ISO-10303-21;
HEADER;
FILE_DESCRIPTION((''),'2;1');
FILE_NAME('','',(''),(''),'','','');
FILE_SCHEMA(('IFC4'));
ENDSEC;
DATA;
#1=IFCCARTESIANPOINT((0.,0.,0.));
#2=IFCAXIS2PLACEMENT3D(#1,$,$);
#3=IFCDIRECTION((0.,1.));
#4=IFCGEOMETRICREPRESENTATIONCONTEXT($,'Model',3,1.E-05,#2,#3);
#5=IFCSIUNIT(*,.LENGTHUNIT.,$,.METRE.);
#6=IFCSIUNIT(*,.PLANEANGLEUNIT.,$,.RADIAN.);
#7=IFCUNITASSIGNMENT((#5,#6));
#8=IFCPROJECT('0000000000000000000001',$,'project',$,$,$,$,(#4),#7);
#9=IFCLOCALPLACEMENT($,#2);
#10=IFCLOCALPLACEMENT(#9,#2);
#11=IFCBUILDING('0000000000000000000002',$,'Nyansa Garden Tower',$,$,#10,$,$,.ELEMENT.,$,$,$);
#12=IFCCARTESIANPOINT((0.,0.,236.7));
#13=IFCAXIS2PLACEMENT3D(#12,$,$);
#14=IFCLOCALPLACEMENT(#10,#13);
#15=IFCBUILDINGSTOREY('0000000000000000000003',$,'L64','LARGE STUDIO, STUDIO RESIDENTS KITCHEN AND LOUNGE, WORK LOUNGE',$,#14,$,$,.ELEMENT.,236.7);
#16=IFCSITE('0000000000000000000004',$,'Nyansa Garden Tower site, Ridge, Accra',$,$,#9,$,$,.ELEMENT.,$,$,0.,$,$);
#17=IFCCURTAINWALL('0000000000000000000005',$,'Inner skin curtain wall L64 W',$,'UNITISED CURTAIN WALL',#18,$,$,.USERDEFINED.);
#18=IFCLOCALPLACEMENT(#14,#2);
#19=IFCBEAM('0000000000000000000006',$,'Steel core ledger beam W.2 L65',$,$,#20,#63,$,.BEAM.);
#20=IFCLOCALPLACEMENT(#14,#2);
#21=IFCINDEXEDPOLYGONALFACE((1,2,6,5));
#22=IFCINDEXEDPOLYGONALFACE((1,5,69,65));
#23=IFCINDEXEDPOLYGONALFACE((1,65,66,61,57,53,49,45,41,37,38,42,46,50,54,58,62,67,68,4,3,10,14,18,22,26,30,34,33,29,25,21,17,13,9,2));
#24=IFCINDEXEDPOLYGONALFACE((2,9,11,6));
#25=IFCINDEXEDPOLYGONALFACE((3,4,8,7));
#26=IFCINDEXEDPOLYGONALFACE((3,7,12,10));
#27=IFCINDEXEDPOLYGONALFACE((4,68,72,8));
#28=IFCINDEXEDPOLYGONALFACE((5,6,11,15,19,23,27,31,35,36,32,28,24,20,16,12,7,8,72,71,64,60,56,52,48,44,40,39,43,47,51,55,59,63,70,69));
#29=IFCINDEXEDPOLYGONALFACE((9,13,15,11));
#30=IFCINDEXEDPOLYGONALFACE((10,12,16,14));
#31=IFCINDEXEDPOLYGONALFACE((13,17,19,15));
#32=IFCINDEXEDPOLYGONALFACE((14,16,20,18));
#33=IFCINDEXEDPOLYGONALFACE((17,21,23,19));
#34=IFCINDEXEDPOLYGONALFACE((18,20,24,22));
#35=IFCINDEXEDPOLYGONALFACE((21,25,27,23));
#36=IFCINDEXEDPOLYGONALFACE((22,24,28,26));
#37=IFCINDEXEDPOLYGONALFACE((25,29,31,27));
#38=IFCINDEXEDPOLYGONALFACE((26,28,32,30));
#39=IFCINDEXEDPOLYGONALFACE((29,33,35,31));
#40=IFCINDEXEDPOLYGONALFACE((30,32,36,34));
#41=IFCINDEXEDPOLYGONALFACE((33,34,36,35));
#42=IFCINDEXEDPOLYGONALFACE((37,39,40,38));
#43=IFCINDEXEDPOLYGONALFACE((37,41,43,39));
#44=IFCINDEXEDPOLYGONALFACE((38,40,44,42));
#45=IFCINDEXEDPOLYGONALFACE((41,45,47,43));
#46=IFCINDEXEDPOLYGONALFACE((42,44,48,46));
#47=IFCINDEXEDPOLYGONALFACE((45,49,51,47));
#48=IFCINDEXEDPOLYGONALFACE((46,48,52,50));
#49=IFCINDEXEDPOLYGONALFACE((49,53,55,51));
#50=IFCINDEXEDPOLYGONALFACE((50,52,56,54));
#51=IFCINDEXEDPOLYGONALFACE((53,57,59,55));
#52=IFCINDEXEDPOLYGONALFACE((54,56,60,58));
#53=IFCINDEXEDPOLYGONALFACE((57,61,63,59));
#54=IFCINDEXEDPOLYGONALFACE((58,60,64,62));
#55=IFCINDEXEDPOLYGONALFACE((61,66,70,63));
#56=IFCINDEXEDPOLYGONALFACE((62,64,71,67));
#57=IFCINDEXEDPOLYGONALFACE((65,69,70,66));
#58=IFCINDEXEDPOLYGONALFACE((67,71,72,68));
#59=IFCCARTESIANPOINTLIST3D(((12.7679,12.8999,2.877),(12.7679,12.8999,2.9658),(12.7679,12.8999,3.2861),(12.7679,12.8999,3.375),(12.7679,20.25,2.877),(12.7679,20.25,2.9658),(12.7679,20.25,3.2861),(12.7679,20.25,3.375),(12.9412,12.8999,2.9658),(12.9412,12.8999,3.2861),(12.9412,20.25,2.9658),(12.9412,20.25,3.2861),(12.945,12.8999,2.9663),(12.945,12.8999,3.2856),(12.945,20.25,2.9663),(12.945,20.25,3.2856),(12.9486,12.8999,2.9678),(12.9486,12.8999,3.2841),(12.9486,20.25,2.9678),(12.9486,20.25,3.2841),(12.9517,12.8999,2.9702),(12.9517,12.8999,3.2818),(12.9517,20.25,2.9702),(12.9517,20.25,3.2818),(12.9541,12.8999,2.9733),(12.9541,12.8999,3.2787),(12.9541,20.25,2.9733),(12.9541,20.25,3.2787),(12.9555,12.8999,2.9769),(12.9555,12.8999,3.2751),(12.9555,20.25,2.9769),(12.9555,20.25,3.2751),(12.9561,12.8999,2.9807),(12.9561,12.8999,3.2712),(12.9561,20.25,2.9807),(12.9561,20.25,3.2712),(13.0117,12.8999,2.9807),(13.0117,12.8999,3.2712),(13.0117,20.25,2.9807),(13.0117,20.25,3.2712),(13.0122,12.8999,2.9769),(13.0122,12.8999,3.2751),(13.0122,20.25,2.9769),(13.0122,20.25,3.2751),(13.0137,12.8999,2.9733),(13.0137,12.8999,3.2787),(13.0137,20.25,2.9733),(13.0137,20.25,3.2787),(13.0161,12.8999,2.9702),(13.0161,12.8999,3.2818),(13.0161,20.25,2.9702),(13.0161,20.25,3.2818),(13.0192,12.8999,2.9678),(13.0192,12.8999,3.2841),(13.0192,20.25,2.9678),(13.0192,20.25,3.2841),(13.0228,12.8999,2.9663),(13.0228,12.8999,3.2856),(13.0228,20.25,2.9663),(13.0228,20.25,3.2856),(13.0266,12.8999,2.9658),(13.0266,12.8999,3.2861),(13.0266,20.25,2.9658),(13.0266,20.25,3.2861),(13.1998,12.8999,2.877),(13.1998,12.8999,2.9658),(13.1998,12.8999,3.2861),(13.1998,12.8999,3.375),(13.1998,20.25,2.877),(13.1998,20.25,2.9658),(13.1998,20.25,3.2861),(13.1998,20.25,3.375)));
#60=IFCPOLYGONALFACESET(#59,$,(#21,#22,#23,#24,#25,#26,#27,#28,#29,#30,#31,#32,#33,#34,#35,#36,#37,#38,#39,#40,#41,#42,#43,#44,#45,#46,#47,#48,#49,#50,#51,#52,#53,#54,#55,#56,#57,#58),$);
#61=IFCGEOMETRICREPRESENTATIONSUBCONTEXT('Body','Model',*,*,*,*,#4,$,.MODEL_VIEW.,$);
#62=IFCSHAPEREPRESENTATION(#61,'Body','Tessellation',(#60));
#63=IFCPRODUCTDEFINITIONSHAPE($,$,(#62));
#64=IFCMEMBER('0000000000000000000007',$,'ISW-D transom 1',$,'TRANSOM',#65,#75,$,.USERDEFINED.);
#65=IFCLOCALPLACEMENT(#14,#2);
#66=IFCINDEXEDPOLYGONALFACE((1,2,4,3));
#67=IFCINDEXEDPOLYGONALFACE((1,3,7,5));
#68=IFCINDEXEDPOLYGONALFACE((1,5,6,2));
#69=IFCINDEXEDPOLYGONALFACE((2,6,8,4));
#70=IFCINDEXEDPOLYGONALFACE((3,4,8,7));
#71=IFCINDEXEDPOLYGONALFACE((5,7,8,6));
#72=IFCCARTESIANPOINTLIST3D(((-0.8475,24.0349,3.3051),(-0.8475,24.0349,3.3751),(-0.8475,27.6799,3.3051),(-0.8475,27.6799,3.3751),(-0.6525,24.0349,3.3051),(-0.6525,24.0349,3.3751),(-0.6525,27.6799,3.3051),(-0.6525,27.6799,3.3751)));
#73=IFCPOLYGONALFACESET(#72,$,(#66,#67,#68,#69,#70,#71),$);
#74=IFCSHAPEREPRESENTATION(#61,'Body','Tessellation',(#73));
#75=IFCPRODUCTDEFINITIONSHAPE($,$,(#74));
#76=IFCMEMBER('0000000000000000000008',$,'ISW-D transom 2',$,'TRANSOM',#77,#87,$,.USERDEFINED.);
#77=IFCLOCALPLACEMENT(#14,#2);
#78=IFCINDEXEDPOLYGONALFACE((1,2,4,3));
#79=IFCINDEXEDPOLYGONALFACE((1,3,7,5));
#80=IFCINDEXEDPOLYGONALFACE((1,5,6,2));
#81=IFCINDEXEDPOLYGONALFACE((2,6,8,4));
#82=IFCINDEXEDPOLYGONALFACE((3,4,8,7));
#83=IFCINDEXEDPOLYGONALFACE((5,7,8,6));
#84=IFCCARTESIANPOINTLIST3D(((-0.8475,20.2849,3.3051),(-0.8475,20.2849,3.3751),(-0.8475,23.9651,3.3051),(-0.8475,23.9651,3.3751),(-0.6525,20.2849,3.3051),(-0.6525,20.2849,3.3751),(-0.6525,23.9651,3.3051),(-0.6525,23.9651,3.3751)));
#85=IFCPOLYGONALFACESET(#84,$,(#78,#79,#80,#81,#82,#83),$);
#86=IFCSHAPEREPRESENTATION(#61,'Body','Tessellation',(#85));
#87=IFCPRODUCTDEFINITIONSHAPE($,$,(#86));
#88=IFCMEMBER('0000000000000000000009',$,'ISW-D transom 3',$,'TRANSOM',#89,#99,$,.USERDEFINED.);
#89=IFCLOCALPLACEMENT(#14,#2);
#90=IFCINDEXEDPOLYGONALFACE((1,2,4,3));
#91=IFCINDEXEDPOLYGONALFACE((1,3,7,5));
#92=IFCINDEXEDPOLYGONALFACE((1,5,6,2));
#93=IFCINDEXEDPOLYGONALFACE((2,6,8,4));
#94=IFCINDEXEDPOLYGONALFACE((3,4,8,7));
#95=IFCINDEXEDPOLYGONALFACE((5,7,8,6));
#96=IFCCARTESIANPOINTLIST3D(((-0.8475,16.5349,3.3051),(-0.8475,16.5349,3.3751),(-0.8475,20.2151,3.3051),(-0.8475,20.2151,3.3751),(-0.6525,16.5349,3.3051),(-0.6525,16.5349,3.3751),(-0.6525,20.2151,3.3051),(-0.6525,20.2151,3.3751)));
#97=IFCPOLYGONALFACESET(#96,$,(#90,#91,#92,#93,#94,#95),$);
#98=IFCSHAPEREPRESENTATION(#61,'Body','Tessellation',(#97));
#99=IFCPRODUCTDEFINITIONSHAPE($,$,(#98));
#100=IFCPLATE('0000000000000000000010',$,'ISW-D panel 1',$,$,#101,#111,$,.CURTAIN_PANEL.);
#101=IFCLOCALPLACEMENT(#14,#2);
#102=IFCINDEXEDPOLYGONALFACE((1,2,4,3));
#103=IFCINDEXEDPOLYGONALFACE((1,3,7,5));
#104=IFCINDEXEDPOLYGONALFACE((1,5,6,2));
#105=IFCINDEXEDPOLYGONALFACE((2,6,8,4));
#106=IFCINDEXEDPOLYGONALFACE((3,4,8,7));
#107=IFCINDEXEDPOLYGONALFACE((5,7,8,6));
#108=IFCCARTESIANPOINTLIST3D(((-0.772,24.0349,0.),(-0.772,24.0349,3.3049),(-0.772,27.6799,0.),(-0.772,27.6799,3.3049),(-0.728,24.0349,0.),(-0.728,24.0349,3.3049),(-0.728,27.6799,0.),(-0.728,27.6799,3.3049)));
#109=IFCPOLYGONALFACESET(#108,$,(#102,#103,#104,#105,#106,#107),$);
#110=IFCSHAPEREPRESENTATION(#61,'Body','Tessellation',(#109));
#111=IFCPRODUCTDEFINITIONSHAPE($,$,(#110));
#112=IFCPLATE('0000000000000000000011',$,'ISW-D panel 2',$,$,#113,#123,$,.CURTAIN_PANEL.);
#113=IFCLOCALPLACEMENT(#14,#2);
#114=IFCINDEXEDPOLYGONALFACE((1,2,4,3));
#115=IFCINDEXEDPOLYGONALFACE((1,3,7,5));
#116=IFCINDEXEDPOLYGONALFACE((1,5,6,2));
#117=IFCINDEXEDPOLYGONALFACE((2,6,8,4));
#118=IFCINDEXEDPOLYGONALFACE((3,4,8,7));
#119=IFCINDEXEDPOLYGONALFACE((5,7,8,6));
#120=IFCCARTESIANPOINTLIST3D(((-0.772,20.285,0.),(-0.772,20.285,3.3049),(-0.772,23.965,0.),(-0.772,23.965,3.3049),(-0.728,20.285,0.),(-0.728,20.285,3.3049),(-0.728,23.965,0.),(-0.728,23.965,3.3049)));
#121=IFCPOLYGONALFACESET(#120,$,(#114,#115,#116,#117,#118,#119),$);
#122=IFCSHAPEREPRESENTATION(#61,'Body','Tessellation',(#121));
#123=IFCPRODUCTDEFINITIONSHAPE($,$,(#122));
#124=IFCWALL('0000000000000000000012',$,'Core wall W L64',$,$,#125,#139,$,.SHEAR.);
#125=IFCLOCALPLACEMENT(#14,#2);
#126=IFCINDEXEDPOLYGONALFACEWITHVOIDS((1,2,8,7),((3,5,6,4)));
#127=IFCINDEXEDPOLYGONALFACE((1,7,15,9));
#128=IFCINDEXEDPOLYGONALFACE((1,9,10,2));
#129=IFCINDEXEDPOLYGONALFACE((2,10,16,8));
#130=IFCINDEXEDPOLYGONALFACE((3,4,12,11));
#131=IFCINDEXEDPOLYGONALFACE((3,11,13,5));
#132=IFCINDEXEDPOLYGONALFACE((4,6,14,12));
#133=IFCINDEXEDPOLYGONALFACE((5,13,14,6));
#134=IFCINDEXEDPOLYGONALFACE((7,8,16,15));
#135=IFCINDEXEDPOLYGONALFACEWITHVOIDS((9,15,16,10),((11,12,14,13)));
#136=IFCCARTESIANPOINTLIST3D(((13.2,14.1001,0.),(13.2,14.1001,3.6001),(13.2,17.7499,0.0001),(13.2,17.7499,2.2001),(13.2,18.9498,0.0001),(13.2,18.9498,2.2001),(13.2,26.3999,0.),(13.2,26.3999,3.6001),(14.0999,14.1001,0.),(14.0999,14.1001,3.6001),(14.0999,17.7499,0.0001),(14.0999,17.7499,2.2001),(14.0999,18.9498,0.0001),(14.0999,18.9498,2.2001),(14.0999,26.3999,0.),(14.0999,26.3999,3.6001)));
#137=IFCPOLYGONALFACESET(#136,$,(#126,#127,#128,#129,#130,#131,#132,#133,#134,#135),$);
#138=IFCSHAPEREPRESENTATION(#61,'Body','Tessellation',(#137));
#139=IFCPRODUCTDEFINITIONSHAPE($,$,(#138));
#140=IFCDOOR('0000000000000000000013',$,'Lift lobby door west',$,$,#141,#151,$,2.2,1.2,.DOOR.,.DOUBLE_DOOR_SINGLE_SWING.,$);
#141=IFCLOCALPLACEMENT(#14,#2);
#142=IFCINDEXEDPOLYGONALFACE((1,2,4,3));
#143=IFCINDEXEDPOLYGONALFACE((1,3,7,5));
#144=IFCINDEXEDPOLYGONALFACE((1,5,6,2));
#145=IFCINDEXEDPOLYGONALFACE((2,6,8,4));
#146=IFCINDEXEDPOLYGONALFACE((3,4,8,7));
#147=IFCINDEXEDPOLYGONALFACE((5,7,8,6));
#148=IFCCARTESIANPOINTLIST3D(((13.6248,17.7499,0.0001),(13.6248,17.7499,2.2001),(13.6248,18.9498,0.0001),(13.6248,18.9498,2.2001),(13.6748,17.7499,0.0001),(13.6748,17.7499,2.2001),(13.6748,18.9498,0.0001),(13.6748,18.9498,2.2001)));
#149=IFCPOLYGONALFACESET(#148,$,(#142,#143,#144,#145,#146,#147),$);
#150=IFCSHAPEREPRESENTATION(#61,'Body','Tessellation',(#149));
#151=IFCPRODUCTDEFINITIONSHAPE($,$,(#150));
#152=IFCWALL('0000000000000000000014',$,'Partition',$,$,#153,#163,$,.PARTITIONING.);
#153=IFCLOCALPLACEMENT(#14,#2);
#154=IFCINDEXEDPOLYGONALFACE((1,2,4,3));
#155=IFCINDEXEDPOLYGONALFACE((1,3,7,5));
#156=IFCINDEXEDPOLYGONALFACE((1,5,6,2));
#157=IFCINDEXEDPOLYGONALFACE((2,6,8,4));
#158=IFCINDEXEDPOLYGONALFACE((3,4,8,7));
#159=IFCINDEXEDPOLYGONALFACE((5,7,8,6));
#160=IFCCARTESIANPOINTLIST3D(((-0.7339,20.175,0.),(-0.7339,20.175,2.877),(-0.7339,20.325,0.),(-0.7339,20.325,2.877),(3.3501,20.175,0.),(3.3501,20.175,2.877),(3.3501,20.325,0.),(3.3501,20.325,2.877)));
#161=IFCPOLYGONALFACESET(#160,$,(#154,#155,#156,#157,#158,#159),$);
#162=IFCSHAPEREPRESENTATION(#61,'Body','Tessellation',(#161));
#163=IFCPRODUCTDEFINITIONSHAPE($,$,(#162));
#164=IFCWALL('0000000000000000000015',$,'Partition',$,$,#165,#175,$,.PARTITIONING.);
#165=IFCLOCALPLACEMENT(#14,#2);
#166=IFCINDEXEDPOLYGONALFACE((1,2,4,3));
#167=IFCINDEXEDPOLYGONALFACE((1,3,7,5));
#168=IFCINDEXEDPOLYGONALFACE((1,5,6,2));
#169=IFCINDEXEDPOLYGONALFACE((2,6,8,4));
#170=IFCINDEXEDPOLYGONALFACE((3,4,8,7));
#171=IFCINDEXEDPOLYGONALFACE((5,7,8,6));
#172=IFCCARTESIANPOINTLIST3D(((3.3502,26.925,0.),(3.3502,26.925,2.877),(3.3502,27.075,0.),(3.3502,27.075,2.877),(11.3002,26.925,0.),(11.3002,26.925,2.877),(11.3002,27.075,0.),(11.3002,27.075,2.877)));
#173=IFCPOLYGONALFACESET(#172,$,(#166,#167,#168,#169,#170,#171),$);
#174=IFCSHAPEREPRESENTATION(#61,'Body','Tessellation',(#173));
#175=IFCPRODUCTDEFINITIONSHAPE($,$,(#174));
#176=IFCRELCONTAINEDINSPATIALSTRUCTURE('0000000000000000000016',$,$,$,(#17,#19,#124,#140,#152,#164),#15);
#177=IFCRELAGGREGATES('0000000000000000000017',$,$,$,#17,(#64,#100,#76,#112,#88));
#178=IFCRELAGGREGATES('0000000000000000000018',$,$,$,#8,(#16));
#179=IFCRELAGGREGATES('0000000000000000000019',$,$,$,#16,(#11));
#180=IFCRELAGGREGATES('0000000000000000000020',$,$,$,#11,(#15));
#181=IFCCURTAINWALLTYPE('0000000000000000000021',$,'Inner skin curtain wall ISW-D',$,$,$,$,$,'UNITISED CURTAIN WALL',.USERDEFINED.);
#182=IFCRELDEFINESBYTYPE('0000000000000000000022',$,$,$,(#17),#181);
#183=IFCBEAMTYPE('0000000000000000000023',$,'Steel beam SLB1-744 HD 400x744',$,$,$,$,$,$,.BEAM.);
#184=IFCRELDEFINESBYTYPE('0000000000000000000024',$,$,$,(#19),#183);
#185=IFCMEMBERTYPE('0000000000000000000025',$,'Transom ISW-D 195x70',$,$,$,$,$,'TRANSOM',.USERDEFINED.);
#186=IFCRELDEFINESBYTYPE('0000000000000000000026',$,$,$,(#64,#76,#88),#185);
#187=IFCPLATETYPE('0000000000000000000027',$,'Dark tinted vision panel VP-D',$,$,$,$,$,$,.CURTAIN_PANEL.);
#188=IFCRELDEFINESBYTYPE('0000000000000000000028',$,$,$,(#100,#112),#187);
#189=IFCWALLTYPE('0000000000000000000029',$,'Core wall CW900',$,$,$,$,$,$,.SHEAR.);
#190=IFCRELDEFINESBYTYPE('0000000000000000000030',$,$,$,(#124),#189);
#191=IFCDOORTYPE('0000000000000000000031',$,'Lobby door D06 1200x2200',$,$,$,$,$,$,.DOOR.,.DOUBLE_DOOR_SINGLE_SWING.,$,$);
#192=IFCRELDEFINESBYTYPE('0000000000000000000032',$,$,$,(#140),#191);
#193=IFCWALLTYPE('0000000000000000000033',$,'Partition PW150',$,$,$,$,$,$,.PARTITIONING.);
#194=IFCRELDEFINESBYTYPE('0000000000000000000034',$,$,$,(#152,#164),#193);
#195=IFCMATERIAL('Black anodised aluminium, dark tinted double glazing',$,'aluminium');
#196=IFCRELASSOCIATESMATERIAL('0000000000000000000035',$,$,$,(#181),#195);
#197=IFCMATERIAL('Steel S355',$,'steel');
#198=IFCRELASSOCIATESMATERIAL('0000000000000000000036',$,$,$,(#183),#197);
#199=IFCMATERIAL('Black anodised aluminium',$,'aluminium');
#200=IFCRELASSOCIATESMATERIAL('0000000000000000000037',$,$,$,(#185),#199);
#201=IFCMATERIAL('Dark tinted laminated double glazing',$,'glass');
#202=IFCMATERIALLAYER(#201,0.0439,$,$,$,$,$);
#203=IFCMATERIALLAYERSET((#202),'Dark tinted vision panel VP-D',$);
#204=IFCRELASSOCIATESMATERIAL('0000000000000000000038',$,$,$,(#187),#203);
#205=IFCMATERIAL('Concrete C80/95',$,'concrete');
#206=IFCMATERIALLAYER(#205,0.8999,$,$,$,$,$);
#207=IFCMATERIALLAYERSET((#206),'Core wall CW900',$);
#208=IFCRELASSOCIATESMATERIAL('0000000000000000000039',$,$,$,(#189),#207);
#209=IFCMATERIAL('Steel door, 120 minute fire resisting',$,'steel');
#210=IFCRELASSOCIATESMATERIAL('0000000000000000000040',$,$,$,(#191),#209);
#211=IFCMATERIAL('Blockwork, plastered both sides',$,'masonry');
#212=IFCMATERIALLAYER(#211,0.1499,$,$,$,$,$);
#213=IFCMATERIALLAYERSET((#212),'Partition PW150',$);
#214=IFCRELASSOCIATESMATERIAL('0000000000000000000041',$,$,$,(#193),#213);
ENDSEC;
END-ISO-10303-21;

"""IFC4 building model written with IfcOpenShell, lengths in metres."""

from ifc_helpers import new_model, si_unit, direction, frame, frame_2d, origin, origin_2d, place, context, subcontext, project, spatial, rectangle, i_section, extrude, material, layer, layer_set, material_profile, profile_set, type_object, element, fill, aggregate, save


model = new_model("IFC4")

# Units and contexts
model_context = context("Model", 3, precision=1e-05, world=origin(), true_north=direction((0.0, 1.0)))
body_context = subcontext(model_context, "Body", "Model", "MODEL_VIEW")
ifc_project = project(units=[si_unit("LENGTHUNIT", "METRE"), si_unit("PLANEANGLEUNIT", "RADIAN")], contexts=[model_context])

# Site, building, storey
site_placement = place(None, origin())
site = spatial("IfcSite", under=ifc_project, at=site_placement, Name="Nyansa Garden Tower site, Ridge, Accra", CompositionType="ELEMENT", RefElevation=0.0)
building_placement = place(site_placement, origin())
building = spatial("IfcBuilding", under=site, at=building_placement, Name="Nyansa Garden Tower", CompositionType="ELEMENT")
storey_placement = place(building_placement, frame((0.0, 0.0, 236.7)))
storey = spatial("IfcBuildingStorey", under=building, at=storey_placement, Name="L64", Description="LARGE STUDIO, STUDIO RESIDENTS KITCHEN AND LOUNGE, WORK LOUNGE", CompositionType="ELEMENT", Elevation=236.7)

# Curtain wall
ifc_material_1 = material(Name="Black anodised aluminium, dark tinted double glazing", Category="aluminium")
curtain_wall_type = type_object("IfcCurtainWallType", Name="Inner skin curtain wall ISW-D", ElementType="UNITISED CURTAIN WALL", PredefinedType="USERDEFINED", material=ifc_material_1)
curtain_wall_placement = place(storey_placement, origin())
curtain_wall = element("IfcCurtainWall", 1, at=curtain_wall_placement, inside=storey, type_object=curtain_wall_type, Name="Inner skin curtain wall L64 W", ObjectType="UNITISED CURTAIN WALL", PredefinedType="USERDEFINED")

# Beam
ifc_material_2 = material(Name="Steel S355", Category="steel")
ifc_material_profile_1 = material_profile(ifc_material_2, i_section(OverallWidth=0.4319, OverallDepth=0.498, WebThickness=0.0557, FlangeThickness=0.0889, FilletRadius=0.0149, at=origin_2d()), Name="HD 400x744")
ifc_profile_set_1 = profile_set([ifc_material_profile_1], Name="Steel S355")
beam_type_1 = type_object("IfcBeamType", Name="Steel beam SLB1-744 HD 400x744", PredefinedType="BEAM", material=ifc_profile_set_1)
for number, where, z_axis, x_axis, name in (
    (2, (12.9839, 20.25, 3.126), (0.0, -1.0, 0.0), (1.0, 0.0, 0.0), "Steel core ledger beam W.2 L65"),
):
    element("IfcBeam", number, at=place(storey_placement, frame(where, z_axis=z_axis, x_axis=x_axis)), inside=storey, type_object=beam_type_1, Name=name, PredefinedType="BEAM", context=body_context, shape_type="SweptSolid", body=[
        extrude(i_section(OverallWidth=0.4319, OverallDepth=0.498, WebThickness=0.0557, FlangeThickness=0.0889, FilletRadius=0.0149, at=origin_2d()), origin(), (0.0, 0.0, 1.0), 7.3501),
    ])

# Members
ifc_material_3 = material(Name="Black anodised aluminium", Category="aluminium")
ifc_material_profile_2 = material_profile(ifc_material_3, rectangle(XDim=0.1951, YDim=0.0701, at=origin_2d()), Name="Transom 195x70")
ifc_profile_set_2 = profile_set([ifc_material_profile_2], Name="Black anodised aluminium")
member_type_1 = type_object("IfcMemberType", Name="Transom ISW-D 195x70", ElementType="TRANSOM", PredefinedType="USERDEFINED", material=ifc_profile_set_2)
member_1_placement = place(storey_placement, frame((-0.75, 27.6799, 3.3401), z_axis=(0.0, -1.0, 0.0), x_axis=(1.0, 0.0, 0.0)))
member_1 = element("IfcMember", 3, at=member_1_placement, type_object=member_type_1, Name="ISW-D transom 1", ObjectType="TRANSOM", PredefinedType="USERDEFINED", context=body_context, shape_type="SweptSolid", body=[
    extrude(rectangle(XDim=0.1951, YDim=0.0701, at=origin_2d()), origin(), (0.0, 0.0, 1.0), 3.645),
])
member_2_placement = place(storey_placement, frame((-0.75, 23.9651, 3.3401), z_axis=(0.0, -1.0, 0.0), x_axis=(1.0, 0.0, 0.0)))
member_2 = element("IfcMember", 4, at=member_2_placement, type_object=member_type_1, Name="ISW-D transom 2", ObjectType="TRANSOM", PredefinedType="USERDEFINED", context=body_context, shape_type="SweptSolid", body=[
    extrude(rectangle(XDim=0.1951, YDim=0.0701, at=origin_2d()), origin(), (0.0, 0.0, 1.0), 3.6802),
])
member_3_placement = place(storey_placement, frame((-0.75, 20.2151, 3.3401), z_axis=(0.0, -1.0, 0.0), x_axis=(1.0, 0.0, 0.0)))
member_3 = element("IfcMember", 5, at=member_3_placement, type_object=member_type_1, Name="ISW-D transom 3", ObjectType="TRANSOM", PredefinedType="USERDEFINED", context=body_context, shape_type="SweptSolid", body=[
    extrude(rectangle(XDim=0.1951, YDim=0.0701, at=origin_2d()), origin(), (0.0, 0.0, 1.0), 3.6802),
])

# Plates
ifc_material_4 = material(Name="Dark tinted laminated double glazing", Category="glass")
ifc_layer_1 = layer(ifc_material_4, 0.0439)
ifc_layer_set_1 = layer_set([ifc_layer_1], Name="Dark tinted vision panel VP-D")
plate_type = type_object("IfcPlateType", Name="Dark tinted vision panel VP-D", PredefinedType="CURTAIN_PANEL", material=ifc_layer_set_1)
plate_1_placement = place(storey_placement, frame((-0.75, 25.8574, 0.0), z_axis=(0.0, 0.0, 1.0), x_axis=(0.0, -1.0, 0.0)))
plate_1 = element("IfcPlate", 6, at=plate_1_placement, type_object=plate_type, Name="ISW-D panel 1", PredefinedType="CURTAIN_PANEL", context=body_context, shape_type="SweptSolid", body=[
    extrude(rectangle(XDim=3.645, YDim=0.0439, at=origin_2d()), origin(), (0.0, 0.0, 1.0), 3.3049),
])
plate_2_placement = place(storey_placement, frame((-0.75, 22.125, 0.0), z_axis=(0.0, 0.0, 1.0), x_axis=(0.0, -1.0, 0.0)))
plate_2 = element("IfcPlate", 7, at=plate_2_placement, type_object=plate_type, Name="ISW-D panel 2", PredefinedType="CURTAIN_PANEL", context=body_context, shape_type="SweptSolid", body=[
    extrude(rectangle(XDim=3.6799, YDim=0.0439, at=origin_2d()), origin(), (0.0, 0.0, 1.0), 3.3049),
])
aggregate(curtain_wall, [member_1, plate_1, member_2, plate_2, member_3])

# Wall, opening, door
ifc_material_5 = material(Name="Concrete C80/95", Category="concrete")
ifc_layer_2 = layer(ifc_material_5, 0.8999)
ifc_layer_set_2 = layer_set([ifc_layer_2], Name="Core wall CW900")
wall_type_1 = type_object("IfcWallType", Name="Core wall CW900", PredefinedType="SHEAR", material=ifc_layer_set_2)
wall_1_placement = place(storey_placement, frame((13.6499, 26.3999, 0.0), z_axis=(0.0, 0.0, 1.0), x_axis=(0.0, -1.0, 0.0)))
wall_1 = element("IfcWall", 8, at=wall_1_placement, inside=storey, type_object=wall_type_1, Name="Core wall W L64", PredefinedType="SHEAR", context=body_context, shape_type="SweptSolid", body=[
    extrude(rectangle(XDim=12.2998, YDim=0.8999, at=frame_2d((6.1499, 0.0))), origin(), (0.0, 0.0, 1.0), 3.6001),
])
opening_1_placement = place(wall_1_placement, frame((7.45, 0.0, 0.0)))
opening_1 = element("IfcOpeningElement", 9, at=opening_1_placement, cuts=wall_1, PredefinedType="OPENING", context=body_context, shape_type="SweptSolid", body=[
    extrude(rectangle(XDim=1.2, YDim=2.2, at=frame_2d((0.6001, 1.1001))), frame((0.0, 0.46, 0.0), z_axis=(0.0, -1.0, 0.0), x_axis=(1.0, 0.0, 0.0)), (0.0, 0.0, 1.0), 0.9199),
])
ifc_material_6 = material(Name="Steel door, 120 minute fire resisting", Category="steel")
door_type_1 = type_object("IfcDoorType", Name="Lobby door D06 1200x2200", OperationType="DOUBLE_DOOR_SINGLE_SWING", PredefinedType="DOOR", material=ifc_material_6)
door_1_placement = place(opening_1_placement, origin())
door_1 = element("IfcDoor", 10, at=door_1_placement, inside=storey, type_object=door_type_1, Name="Lift lobby door west", OperationType="DOUBLE_DOOR_SINGLE_SWING", OverallHeight=2.2, OverallWidth=1.2, PredefinedType="DOOR", context=body_context, shape_type="SweptSolid", body=[
    extrude(rectangle(XDim=1.2, YDim=2.2, at=frame_2d((0.6001, 1.1001))), frame((0.0, 0.0249, 0.0), z_axis=(0.0, -1.0, 0.0), x_axis=(1.0, 0.0, 0.0)), (0.0, 0.0, 1.0), 0.05),
])
fill(opening_1, door_1)

# Walls
ifc_material_7 = material(Name="Blockwork, plastered both sides", Category="masonry")
ifc_layer_3 = layer(ifc_material_7, 0.1499)
ifc_layer_set_3 = layer_set([ifc_layer_3], Name="Partition PW150")
wall_type_2 = type_object("IfcWallType", Name="Partition PW150", PredefinedType="PARTITIONING", material=ifc_layer_set_3)
wall_2_placement = place(storey_placement, frame((-0.7339, 20.25, 0.0), z_axis=(0.0, 0.0, 1.0), x_axis=(1.0, 0.0, 0.0)))
element("IfcWall", 11, at=wall_2_placement, inside=storey, type_object=wall_type_2, Name="Partition", PredefinedType="PARTITIONING", context=body_context, shape_type="SweptSolid", body=[
    extrude(rectangle(XDim=4.084, YDim=0.1499, at=frame_2d((2.042, 0.0))), origin(), (0.0, 0.0, 1.0), 2.877),
])
wall_3_placement = place(storey_placement, frame((3.3501, 27.0, 0.0), z_axis=(0.0, 0.0, 1.0), x_axis=(1.0, 0.0, 0.0)))
element("IfcWall", 12, at=wall_3_placement, inside=storey, type_object=wall_type_2, Name="Partition", PredefinedType="PARTITIONING", context=body_context, shape_type="SweptSolid", body=[
    extrude(rectangle(XDim=7.95, YDim=0.1499, at=frame_2d((3.9751, 0.0))), origin(), (0.0, 0.0, 1.0), 2.877),
])

save(model, "model.ifc")
